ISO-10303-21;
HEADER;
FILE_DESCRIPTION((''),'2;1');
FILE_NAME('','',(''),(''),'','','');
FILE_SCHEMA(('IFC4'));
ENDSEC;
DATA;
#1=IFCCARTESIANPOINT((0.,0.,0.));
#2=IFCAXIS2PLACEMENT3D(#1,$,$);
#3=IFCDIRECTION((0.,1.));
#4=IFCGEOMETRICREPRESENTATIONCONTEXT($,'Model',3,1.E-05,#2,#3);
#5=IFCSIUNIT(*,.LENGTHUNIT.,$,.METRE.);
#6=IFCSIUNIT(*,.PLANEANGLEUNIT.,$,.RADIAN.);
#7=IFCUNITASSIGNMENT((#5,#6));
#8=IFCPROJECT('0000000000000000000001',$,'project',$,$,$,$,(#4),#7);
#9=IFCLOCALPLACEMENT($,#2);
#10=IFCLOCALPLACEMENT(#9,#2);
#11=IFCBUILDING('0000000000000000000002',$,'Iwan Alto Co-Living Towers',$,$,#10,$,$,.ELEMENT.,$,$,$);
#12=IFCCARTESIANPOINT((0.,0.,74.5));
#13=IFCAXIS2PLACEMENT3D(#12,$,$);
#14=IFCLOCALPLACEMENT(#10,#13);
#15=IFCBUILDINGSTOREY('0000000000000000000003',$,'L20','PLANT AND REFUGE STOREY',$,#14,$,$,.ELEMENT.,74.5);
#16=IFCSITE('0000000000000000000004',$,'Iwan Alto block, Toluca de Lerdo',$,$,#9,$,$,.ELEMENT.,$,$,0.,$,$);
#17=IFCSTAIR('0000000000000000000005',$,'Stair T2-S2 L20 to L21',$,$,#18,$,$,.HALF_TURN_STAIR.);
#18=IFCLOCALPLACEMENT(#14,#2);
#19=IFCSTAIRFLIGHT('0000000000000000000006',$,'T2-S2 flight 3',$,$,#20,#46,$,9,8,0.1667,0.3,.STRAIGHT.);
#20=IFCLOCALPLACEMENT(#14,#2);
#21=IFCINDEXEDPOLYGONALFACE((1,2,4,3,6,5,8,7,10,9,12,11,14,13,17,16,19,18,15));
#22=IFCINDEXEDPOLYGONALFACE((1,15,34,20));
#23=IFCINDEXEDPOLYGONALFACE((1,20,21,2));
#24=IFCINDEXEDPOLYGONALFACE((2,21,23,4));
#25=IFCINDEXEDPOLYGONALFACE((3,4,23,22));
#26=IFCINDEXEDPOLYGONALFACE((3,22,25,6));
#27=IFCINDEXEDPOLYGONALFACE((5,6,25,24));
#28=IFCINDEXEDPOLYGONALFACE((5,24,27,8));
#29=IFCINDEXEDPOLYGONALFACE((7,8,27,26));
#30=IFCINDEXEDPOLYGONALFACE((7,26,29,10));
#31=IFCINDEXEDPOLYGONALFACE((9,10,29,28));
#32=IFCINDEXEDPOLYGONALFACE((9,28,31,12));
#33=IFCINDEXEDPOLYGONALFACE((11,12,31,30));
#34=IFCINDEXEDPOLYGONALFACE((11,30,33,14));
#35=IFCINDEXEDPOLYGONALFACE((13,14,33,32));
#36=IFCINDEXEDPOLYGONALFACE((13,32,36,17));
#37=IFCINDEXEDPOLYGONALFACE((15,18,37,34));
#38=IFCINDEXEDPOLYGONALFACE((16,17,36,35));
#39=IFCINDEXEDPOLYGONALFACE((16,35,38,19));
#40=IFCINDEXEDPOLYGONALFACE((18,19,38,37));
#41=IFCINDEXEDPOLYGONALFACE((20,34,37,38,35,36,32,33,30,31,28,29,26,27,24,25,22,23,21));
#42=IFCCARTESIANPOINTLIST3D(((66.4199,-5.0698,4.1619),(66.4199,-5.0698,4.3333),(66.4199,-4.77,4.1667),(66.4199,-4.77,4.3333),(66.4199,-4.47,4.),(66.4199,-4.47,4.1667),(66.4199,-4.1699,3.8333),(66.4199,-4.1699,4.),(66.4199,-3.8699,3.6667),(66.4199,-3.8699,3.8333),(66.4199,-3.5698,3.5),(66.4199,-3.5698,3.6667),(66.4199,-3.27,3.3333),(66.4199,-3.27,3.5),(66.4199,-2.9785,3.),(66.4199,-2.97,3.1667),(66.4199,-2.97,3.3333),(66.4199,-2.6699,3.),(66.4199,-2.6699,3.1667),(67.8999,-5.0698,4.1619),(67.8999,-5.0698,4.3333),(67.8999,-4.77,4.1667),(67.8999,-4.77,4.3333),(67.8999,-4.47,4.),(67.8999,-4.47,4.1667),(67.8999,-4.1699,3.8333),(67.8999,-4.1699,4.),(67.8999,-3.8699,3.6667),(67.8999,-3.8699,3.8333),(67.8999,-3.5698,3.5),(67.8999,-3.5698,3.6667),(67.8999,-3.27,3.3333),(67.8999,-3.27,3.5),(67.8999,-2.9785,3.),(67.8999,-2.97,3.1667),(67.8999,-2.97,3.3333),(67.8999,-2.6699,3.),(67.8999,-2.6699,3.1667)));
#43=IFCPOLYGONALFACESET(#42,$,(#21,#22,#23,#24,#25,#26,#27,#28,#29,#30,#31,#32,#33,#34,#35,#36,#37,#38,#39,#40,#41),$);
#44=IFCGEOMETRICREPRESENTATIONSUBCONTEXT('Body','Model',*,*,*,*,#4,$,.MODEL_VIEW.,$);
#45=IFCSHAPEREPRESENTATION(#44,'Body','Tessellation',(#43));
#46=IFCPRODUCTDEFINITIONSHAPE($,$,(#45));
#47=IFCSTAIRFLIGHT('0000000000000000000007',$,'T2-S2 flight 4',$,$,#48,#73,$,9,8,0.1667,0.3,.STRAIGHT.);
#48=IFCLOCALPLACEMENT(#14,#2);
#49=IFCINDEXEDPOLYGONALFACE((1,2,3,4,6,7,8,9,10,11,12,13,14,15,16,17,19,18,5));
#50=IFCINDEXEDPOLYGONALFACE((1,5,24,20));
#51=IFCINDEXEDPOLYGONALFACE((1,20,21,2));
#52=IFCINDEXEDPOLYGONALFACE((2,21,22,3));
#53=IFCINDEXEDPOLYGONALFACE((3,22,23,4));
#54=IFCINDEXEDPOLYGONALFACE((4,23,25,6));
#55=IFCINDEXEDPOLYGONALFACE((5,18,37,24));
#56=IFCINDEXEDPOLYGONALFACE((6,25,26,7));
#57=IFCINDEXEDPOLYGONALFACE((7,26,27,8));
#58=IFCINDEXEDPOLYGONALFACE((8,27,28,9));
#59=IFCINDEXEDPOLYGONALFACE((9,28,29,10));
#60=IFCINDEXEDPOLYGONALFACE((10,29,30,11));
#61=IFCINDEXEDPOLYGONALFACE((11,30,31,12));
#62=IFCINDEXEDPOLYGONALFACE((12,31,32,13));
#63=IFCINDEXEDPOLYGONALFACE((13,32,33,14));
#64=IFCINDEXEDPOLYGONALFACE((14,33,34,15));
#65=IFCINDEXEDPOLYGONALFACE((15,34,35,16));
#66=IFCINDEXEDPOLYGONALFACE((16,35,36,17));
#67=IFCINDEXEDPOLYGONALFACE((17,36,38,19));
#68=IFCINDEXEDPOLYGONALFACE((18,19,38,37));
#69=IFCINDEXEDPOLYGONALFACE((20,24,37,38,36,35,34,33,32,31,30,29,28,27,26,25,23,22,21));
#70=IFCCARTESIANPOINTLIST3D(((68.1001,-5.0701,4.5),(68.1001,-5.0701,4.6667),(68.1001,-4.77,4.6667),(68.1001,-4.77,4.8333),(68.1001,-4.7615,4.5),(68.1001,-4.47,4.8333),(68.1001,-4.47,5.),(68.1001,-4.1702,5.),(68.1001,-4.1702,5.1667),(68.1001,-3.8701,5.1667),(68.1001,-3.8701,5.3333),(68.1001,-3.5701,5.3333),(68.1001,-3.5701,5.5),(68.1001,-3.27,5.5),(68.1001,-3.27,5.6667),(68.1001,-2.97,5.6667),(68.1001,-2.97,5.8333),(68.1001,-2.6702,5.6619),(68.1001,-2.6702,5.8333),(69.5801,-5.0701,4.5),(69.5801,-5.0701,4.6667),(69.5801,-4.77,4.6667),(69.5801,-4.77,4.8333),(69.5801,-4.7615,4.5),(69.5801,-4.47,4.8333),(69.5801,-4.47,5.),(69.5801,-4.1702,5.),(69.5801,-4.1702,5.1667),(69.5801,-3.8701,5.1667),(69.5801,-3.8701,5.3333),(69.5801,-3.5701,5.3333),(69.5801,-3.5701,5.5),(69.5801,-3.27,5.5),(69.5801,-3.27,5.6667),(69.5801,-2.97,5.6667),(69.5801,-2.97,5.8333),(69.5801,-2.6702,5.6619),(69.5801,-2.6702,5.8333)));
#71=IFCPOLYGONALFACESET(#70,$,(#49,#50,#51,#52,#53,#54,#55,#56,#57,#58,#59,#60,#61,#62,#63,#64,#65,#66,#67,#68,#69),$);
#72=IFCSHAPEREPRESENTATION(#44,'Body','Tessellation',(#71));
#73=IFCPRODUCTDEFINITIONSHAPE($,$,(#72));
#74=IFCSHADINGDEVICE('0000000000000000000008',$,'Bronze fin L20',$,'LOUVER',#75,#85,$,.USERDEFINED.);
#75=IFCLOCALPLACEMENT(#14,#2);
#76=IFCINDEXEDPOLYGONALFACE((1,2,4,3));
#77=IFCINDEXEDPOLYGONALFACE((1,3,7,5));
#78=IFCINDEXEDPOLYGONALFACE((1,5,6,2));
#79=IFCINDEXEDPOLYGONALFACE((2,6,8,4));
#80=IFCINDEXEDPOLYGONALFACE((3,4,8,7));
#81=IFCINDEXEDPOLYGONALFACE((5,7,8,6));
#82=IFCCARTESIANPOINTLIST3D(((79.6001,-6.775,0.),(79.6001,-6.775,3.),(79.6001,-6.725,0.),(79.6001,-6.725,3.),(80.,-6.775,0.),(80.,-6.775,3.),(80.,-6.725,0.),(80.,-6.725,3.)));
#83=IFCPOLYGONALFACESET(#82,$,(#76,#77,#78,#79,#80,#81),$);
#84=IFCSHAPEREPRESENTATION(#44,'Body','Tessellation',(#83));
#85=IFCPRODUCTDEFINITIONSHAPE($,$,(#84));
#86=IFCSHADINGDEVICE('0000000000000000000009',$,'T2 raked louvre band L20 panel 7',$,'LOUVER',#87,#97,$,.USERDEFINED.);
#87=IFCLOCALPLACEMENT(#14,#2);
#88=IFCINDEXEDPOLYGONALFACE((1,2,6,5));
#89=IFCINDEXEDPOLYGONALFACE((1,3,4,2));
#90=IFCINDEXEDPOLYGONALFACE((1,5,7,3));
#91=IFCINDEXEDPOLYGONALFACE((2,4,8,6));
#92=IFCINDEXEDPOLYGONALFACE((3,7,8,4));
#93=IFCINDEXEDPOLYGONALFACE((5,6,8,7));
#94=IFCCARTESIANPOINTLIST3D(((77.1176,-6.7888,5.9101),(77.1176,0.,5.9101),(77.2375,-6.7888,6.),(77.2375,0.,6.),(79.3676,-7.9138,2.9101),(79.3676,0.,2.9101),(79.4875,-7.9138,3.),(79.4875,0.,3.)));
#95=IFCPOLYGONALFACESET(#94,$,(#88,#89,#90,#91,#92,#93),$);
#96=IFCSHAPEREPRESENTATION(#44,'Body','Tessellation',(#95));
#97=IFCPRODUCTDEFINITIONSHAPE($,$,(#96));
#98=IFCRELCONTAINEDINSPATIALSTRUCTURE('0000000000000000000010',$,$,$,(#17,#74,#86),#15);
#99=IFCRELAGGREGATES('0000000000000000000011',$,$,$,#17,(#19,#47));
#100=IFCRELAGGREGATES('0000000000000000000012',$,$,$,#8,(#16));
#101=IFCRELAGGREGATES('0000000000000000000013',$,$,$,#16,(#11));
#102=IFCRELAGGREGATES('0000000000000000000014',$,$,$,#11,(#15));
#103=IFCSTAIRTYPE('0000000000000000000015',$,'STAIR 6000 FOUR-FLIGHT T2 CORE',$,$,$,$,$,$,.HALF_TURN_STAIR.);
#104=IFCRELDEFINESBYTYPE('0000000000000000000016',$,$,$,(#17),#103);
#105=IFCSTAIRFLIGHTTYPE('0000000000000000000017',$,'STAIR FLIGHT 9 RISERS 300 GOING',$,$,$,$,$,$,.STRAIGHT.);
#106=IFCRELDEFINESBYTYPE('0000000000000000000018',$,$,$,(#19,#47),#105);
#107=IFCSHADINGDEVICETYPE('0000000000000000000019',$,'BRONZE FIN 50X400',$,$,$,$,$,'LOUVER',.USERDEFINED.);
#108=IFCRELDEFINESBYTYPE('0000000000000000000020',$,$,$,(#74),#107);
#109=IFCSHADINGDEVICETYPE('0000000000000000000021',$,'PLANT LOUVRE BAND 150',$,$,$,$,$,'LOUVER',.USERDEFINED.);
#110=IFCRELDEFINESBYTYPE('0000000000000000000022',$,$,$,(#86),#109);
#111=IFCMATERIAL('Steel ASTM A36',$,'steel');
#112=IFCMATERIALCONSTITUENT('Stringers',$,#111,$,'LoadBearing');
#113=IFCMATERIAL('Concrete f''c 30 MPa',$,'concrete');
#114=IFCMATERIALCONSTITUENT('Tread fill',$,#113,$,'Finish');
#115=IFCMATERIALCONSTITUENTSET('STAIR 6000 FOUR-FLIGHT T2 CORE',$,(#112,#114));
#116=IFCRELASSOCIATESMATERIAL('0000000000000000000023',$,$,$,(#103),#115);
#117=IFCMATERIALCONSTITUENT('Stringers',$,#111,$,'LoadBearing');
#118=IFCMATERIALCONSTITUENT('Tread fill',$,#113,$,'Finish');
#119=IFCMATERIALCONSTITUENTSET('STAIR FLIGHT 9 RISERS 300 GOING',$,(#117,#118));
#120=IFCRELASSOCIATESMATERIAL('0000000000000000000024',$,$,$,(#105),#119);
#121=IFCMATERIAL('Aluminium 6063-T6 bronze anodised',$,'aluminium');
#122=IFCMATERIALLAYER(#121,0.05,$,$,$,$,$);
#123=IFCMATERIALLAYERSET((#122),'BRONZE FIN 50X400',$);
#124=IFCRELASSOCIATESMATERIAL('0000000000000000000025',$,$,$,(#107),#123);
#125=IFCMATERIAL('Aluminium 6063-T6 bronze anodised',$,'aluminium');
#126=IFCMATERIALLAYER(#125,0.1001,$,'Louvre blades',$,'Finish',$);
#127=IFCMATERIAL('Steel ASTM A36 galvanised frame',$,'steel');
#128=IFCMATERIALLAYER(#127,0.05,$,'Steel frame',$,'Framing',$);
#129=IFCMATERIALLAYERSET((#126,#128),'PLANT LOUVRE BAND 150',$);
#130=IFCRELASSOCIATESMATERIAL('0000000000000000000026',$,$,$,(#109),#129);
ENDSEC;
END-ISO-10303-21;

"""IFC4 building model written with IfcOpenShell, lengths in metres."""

from ifc_helpers import new_model, si_unit, direction, frame, origin, origin_2d, place, context, subcontext, project, spatial, polyline, rectangle, outline, extrude, material, layer, layer_set, constituent, constituent_set, type_object, element, aggregate, save


model = new_model("IFC4")

# Units and contexts
model_context = context("Model", 3, precision=1e-05, world=origin(), true_north=direction((0.0, 1.0)))
body_context = subcontext(model_context, "Body", "Model", "MODEL_VIEW")
ifc_project = project(units=[si_unit("LENGTHUNIT", "METRE"), si_unit("PLANEANGLEUNIT", "RADIAN")], contexts=[model_context])

# Site, building, storey
site_placement = place(None, origin())
site = spatial("IfcSite", under=ifc_project, at=site_placement, Name="Iwan Alto block, Toluca de Lerdo", CompositionType="ELEMENT", RefElevation=0.0)
building_placement = place(site_placement, origin())
building = spatial("IfcBuilding", under=site, at=building_placement, Name="Iwan Alto Co-Living Towers", CompositionType="ELEMENT")
storey_placement = place(building_placement, frame((0.0, 0.0, 74.5)))
storey = spatial("IfcBuildingStorey", under=building, at=storey_placement, Name="L20", Description="PLANT AND REFUGE STOREY", CompositionType="ELEMENT", Elevation=74.5)

# Stair, stair flights
ifc_material_1 = material(Name="Steel ASTM A36", Category="steel")
ifc_constituent_1 = constituent(ifc_material_1, Name="Stringers", Category="LoadBearing")
ifc_material_2 = material(Name="Concrete f'c 30 MPa", Category="concrete")
ifc_constituent_2 = constituent(ifc_material_2, Name="Tread fill", Category="Finish")
ifc_constituent_set_1 = constituent_set(constituents=[ifc_constituent_1, ifc_constituent_2], Name="STAIR 6000 FOUR-FLIGHT T2 CORE")
stair_type = type_object("IfcStairType", Name="STAIR 6000 FOUR-FLIGHT T2 CORE", PredefinedType="HALF_TURN_STAIR", material=ifc_constituent_set_1)
stair_placement = place(storey_placement, origin())
stair = element("IfcStair", 1, at=stair_placement, inside=storey, type_object=stair_type, Name="Stair T2-S2 L20 to L21", PredefinedType="HALF_TURN_STAIR")
ifc_constituent_3 = constituent(ifc_material_1, Name="Stringers", Category="LoadBearing")
ifc_constituent_4 = constituent(ifc_material_2, Name="Tread fill", Category="Finish")
ifc_constituent_set_2 = constituent_set(constituents=[ifc_constituent_3, ifc_constituent_4], Name="STAIR FLIGHT 9 RISERS 300 GOING")
stair_flight_type = type_object("IfcStairFlightType", Name="STAIR FLIGHT 9 RISERS 300 GOING", PredefinedType="STRAIGHT", material=ifc_constituent_set_2)
stair_flight_1_placement = place(storey_placement, frame((67.1599, -2.6699, 3.0), z_axis=(0.0, 0.0, 1.0), x_axis=(0.0, -1.0, 0.0)))
stair_flight_1 = element("IfcStairFlight", 2, at=stair_flight_1_placement, type_object=stair_flight_type, Name="T2-S2 flight 3", NumberOfRisers=9, NumberOfTreads=8, PredefinedType="STRAIGHT", RiserHeight=0.1667, TreadLength=0.3, context=body_context, shape_type="SweptSolid", body=[
    extrude(outline(polyline([(0.0, 0.0), (0.0, 0.1667), (0.3, 0.1667), (0.3, 0.3333), (0.6001, 0.3333), (0.6001, 0.5), (0.8999, 0.5), (0.8999, 0.6667), (1.2, 0.6667), (1.2, 0.8333), (1.5, 0.8333), (1.5, 1.0), (1.8, 1.0), (1.8, 1.1667), (2.1001, 1.1667), (2.1001, 1.3333), (2.3999, 1.3333), (2.3999, 1.5), (2.3999, 1.1619), (0.3086, 0.0), (0.0, 0.0)])), frame((0.0, 0.74, 0.0), z_axis=(0.0, -1.0, 0.0), x_axis=(1.0, 0.0, 0.0)), (0.0, 0.0, 1.0), 1.48),
])
stair_flight_2_placement = place(storey_placement, frame((68.8401, -5.0701, 4.5), z_axis=(0.0, 0.0, 1.0), x_axis=(0.0, 1.0, 0.0)))
stair_flight_2 = element("IfcStairFlight", 3, at=stair_flight_2_placement, type_object=stair_flight_type, Name="T2-S2 flight 4", NumberOfRisers=9, NumberOfTreads=8, PredefinedType="STRAIGHT", RiserHeight=0.1667, TreadLength=0.3, context=body_context, shape_type="SweptSolid", body=[
    extrude(outline(polyline([(0.0, 0.0), (0.0, 0.1667), (0.3, 0.1667), (0.3, 0.3333), (0.6001, 0.3333), (0.6001, 0.5), (0.8999, 0.5), (0.8999, 0.6667), (1.2, 0.6667), (1.2, 0.8333), (1.5, 0.8333), (1.5, 1.0), (1.8, 1.0), (1.8, 1.1667), (2.1001, 1.1667), (2.1001, 1.3333), (2.3999, 1.3333), (2.3999, 1.5), (2.3999, 1.1619), (0.3086, 0.0), (0.0, 0.0)])), frame((0.0, 0.74, 0.0), z_axis=(0.0, -1.0, 0.0), x_axis=(1.0, 0.0, 0.0)), (0.0, 0.0, 1.0), 1.48),
])
aggregate(stair, [stair_flight_1, stair_flight_2])

# Shading devices
ifc_material_3 = material(Name="Aluminium 6063-T6 bronze anodised", Category="aluminium")
ifc_layer_1 = layer(ifc_material_3, 0.05)
ifc_layer_set_1 = layer_set([ifc_layer_1], Name="BRONZE FIN 50X400")
shading_device_type_1 = type_object("IfcShadingDeviceType", Name="BRONZE FIN 50X400", ElementType="LOUVER", PredefinedType="USERDEFINED", material=ifc_layer_set_1)
shading_device_1_placement = place(storey_placement, frame((79.8, -6.75, 0.0), z_axis=(0.0, 0.0, 1.0), x_axis=(0.0, 1.0, 0.0)))
element("IfcShadingDevice", 4, at=shading_device_1_placement, inside=storey, type_object=shading_device_type_1, Name="Bronze fin L20", ObjectType="LOUVER", PredefinedType="USERDEFINED", context=body_context, shape_type="SweptSolid", body=[
    extrude(rectangle(XDim=0.05, YDim=0.3999, at=origin_2d()), origin(), (0.0, 0.0, 1.0), 3.0),
])
ifc_material_4 = material(Name="Aluminium 6063-T6 bronze anodised", Category="aluminium")
ifc_layer_2 = layer(ifc_material_4, 0.1001, Name="Louvre blades", Category="Finish")
ifc_material_5 = material(Name="Steel ASTM A36 galvanised frame", Category="steel")
ifc_layer_3 = layer(ifc_material_5, 0.05, Name="Steel frame", Category="Framing")
ifc_layer_set_2 = layer_set([ifc_layer_2, ifc_layer_3], Name="PLANT LOUVRE BAND 150")
shading_device_type_2 = type_object("IfcShadingDeviceType", Name="PLANT LOUVRE BAND 150", ElementType="LOUVER", PredefinedType="USERDEFINED", material=ifc_layer_set_2)
shading_device_2_placement = place(storey_placement, frame((79.4875, -7.9138, 3.0), z_axis=(0.8, 0.0, 0.6), x_axis=(0.0, 1.0, 0.0)))
element("IfcShadingDevice", 5, at=shading_device_2_placement, inside=storey, type_object=shading_device_type_2, Name="T2 raked louvre band L20 panel 7", ObjectType="LOUVER", PredefinedType="USERDEFINED", context=body_context, shape_type="SweptSolid", body=[
    extrude(outline(polyline([(0.0, 0.0), (7.9138, 0.0), (7.9138, 3.75), (1.125, 3.75), (0.0, 0.0)])), origin(), (0.0, 0.0, -1.0), 0.1499),
])

save(model, "model.ifc")
